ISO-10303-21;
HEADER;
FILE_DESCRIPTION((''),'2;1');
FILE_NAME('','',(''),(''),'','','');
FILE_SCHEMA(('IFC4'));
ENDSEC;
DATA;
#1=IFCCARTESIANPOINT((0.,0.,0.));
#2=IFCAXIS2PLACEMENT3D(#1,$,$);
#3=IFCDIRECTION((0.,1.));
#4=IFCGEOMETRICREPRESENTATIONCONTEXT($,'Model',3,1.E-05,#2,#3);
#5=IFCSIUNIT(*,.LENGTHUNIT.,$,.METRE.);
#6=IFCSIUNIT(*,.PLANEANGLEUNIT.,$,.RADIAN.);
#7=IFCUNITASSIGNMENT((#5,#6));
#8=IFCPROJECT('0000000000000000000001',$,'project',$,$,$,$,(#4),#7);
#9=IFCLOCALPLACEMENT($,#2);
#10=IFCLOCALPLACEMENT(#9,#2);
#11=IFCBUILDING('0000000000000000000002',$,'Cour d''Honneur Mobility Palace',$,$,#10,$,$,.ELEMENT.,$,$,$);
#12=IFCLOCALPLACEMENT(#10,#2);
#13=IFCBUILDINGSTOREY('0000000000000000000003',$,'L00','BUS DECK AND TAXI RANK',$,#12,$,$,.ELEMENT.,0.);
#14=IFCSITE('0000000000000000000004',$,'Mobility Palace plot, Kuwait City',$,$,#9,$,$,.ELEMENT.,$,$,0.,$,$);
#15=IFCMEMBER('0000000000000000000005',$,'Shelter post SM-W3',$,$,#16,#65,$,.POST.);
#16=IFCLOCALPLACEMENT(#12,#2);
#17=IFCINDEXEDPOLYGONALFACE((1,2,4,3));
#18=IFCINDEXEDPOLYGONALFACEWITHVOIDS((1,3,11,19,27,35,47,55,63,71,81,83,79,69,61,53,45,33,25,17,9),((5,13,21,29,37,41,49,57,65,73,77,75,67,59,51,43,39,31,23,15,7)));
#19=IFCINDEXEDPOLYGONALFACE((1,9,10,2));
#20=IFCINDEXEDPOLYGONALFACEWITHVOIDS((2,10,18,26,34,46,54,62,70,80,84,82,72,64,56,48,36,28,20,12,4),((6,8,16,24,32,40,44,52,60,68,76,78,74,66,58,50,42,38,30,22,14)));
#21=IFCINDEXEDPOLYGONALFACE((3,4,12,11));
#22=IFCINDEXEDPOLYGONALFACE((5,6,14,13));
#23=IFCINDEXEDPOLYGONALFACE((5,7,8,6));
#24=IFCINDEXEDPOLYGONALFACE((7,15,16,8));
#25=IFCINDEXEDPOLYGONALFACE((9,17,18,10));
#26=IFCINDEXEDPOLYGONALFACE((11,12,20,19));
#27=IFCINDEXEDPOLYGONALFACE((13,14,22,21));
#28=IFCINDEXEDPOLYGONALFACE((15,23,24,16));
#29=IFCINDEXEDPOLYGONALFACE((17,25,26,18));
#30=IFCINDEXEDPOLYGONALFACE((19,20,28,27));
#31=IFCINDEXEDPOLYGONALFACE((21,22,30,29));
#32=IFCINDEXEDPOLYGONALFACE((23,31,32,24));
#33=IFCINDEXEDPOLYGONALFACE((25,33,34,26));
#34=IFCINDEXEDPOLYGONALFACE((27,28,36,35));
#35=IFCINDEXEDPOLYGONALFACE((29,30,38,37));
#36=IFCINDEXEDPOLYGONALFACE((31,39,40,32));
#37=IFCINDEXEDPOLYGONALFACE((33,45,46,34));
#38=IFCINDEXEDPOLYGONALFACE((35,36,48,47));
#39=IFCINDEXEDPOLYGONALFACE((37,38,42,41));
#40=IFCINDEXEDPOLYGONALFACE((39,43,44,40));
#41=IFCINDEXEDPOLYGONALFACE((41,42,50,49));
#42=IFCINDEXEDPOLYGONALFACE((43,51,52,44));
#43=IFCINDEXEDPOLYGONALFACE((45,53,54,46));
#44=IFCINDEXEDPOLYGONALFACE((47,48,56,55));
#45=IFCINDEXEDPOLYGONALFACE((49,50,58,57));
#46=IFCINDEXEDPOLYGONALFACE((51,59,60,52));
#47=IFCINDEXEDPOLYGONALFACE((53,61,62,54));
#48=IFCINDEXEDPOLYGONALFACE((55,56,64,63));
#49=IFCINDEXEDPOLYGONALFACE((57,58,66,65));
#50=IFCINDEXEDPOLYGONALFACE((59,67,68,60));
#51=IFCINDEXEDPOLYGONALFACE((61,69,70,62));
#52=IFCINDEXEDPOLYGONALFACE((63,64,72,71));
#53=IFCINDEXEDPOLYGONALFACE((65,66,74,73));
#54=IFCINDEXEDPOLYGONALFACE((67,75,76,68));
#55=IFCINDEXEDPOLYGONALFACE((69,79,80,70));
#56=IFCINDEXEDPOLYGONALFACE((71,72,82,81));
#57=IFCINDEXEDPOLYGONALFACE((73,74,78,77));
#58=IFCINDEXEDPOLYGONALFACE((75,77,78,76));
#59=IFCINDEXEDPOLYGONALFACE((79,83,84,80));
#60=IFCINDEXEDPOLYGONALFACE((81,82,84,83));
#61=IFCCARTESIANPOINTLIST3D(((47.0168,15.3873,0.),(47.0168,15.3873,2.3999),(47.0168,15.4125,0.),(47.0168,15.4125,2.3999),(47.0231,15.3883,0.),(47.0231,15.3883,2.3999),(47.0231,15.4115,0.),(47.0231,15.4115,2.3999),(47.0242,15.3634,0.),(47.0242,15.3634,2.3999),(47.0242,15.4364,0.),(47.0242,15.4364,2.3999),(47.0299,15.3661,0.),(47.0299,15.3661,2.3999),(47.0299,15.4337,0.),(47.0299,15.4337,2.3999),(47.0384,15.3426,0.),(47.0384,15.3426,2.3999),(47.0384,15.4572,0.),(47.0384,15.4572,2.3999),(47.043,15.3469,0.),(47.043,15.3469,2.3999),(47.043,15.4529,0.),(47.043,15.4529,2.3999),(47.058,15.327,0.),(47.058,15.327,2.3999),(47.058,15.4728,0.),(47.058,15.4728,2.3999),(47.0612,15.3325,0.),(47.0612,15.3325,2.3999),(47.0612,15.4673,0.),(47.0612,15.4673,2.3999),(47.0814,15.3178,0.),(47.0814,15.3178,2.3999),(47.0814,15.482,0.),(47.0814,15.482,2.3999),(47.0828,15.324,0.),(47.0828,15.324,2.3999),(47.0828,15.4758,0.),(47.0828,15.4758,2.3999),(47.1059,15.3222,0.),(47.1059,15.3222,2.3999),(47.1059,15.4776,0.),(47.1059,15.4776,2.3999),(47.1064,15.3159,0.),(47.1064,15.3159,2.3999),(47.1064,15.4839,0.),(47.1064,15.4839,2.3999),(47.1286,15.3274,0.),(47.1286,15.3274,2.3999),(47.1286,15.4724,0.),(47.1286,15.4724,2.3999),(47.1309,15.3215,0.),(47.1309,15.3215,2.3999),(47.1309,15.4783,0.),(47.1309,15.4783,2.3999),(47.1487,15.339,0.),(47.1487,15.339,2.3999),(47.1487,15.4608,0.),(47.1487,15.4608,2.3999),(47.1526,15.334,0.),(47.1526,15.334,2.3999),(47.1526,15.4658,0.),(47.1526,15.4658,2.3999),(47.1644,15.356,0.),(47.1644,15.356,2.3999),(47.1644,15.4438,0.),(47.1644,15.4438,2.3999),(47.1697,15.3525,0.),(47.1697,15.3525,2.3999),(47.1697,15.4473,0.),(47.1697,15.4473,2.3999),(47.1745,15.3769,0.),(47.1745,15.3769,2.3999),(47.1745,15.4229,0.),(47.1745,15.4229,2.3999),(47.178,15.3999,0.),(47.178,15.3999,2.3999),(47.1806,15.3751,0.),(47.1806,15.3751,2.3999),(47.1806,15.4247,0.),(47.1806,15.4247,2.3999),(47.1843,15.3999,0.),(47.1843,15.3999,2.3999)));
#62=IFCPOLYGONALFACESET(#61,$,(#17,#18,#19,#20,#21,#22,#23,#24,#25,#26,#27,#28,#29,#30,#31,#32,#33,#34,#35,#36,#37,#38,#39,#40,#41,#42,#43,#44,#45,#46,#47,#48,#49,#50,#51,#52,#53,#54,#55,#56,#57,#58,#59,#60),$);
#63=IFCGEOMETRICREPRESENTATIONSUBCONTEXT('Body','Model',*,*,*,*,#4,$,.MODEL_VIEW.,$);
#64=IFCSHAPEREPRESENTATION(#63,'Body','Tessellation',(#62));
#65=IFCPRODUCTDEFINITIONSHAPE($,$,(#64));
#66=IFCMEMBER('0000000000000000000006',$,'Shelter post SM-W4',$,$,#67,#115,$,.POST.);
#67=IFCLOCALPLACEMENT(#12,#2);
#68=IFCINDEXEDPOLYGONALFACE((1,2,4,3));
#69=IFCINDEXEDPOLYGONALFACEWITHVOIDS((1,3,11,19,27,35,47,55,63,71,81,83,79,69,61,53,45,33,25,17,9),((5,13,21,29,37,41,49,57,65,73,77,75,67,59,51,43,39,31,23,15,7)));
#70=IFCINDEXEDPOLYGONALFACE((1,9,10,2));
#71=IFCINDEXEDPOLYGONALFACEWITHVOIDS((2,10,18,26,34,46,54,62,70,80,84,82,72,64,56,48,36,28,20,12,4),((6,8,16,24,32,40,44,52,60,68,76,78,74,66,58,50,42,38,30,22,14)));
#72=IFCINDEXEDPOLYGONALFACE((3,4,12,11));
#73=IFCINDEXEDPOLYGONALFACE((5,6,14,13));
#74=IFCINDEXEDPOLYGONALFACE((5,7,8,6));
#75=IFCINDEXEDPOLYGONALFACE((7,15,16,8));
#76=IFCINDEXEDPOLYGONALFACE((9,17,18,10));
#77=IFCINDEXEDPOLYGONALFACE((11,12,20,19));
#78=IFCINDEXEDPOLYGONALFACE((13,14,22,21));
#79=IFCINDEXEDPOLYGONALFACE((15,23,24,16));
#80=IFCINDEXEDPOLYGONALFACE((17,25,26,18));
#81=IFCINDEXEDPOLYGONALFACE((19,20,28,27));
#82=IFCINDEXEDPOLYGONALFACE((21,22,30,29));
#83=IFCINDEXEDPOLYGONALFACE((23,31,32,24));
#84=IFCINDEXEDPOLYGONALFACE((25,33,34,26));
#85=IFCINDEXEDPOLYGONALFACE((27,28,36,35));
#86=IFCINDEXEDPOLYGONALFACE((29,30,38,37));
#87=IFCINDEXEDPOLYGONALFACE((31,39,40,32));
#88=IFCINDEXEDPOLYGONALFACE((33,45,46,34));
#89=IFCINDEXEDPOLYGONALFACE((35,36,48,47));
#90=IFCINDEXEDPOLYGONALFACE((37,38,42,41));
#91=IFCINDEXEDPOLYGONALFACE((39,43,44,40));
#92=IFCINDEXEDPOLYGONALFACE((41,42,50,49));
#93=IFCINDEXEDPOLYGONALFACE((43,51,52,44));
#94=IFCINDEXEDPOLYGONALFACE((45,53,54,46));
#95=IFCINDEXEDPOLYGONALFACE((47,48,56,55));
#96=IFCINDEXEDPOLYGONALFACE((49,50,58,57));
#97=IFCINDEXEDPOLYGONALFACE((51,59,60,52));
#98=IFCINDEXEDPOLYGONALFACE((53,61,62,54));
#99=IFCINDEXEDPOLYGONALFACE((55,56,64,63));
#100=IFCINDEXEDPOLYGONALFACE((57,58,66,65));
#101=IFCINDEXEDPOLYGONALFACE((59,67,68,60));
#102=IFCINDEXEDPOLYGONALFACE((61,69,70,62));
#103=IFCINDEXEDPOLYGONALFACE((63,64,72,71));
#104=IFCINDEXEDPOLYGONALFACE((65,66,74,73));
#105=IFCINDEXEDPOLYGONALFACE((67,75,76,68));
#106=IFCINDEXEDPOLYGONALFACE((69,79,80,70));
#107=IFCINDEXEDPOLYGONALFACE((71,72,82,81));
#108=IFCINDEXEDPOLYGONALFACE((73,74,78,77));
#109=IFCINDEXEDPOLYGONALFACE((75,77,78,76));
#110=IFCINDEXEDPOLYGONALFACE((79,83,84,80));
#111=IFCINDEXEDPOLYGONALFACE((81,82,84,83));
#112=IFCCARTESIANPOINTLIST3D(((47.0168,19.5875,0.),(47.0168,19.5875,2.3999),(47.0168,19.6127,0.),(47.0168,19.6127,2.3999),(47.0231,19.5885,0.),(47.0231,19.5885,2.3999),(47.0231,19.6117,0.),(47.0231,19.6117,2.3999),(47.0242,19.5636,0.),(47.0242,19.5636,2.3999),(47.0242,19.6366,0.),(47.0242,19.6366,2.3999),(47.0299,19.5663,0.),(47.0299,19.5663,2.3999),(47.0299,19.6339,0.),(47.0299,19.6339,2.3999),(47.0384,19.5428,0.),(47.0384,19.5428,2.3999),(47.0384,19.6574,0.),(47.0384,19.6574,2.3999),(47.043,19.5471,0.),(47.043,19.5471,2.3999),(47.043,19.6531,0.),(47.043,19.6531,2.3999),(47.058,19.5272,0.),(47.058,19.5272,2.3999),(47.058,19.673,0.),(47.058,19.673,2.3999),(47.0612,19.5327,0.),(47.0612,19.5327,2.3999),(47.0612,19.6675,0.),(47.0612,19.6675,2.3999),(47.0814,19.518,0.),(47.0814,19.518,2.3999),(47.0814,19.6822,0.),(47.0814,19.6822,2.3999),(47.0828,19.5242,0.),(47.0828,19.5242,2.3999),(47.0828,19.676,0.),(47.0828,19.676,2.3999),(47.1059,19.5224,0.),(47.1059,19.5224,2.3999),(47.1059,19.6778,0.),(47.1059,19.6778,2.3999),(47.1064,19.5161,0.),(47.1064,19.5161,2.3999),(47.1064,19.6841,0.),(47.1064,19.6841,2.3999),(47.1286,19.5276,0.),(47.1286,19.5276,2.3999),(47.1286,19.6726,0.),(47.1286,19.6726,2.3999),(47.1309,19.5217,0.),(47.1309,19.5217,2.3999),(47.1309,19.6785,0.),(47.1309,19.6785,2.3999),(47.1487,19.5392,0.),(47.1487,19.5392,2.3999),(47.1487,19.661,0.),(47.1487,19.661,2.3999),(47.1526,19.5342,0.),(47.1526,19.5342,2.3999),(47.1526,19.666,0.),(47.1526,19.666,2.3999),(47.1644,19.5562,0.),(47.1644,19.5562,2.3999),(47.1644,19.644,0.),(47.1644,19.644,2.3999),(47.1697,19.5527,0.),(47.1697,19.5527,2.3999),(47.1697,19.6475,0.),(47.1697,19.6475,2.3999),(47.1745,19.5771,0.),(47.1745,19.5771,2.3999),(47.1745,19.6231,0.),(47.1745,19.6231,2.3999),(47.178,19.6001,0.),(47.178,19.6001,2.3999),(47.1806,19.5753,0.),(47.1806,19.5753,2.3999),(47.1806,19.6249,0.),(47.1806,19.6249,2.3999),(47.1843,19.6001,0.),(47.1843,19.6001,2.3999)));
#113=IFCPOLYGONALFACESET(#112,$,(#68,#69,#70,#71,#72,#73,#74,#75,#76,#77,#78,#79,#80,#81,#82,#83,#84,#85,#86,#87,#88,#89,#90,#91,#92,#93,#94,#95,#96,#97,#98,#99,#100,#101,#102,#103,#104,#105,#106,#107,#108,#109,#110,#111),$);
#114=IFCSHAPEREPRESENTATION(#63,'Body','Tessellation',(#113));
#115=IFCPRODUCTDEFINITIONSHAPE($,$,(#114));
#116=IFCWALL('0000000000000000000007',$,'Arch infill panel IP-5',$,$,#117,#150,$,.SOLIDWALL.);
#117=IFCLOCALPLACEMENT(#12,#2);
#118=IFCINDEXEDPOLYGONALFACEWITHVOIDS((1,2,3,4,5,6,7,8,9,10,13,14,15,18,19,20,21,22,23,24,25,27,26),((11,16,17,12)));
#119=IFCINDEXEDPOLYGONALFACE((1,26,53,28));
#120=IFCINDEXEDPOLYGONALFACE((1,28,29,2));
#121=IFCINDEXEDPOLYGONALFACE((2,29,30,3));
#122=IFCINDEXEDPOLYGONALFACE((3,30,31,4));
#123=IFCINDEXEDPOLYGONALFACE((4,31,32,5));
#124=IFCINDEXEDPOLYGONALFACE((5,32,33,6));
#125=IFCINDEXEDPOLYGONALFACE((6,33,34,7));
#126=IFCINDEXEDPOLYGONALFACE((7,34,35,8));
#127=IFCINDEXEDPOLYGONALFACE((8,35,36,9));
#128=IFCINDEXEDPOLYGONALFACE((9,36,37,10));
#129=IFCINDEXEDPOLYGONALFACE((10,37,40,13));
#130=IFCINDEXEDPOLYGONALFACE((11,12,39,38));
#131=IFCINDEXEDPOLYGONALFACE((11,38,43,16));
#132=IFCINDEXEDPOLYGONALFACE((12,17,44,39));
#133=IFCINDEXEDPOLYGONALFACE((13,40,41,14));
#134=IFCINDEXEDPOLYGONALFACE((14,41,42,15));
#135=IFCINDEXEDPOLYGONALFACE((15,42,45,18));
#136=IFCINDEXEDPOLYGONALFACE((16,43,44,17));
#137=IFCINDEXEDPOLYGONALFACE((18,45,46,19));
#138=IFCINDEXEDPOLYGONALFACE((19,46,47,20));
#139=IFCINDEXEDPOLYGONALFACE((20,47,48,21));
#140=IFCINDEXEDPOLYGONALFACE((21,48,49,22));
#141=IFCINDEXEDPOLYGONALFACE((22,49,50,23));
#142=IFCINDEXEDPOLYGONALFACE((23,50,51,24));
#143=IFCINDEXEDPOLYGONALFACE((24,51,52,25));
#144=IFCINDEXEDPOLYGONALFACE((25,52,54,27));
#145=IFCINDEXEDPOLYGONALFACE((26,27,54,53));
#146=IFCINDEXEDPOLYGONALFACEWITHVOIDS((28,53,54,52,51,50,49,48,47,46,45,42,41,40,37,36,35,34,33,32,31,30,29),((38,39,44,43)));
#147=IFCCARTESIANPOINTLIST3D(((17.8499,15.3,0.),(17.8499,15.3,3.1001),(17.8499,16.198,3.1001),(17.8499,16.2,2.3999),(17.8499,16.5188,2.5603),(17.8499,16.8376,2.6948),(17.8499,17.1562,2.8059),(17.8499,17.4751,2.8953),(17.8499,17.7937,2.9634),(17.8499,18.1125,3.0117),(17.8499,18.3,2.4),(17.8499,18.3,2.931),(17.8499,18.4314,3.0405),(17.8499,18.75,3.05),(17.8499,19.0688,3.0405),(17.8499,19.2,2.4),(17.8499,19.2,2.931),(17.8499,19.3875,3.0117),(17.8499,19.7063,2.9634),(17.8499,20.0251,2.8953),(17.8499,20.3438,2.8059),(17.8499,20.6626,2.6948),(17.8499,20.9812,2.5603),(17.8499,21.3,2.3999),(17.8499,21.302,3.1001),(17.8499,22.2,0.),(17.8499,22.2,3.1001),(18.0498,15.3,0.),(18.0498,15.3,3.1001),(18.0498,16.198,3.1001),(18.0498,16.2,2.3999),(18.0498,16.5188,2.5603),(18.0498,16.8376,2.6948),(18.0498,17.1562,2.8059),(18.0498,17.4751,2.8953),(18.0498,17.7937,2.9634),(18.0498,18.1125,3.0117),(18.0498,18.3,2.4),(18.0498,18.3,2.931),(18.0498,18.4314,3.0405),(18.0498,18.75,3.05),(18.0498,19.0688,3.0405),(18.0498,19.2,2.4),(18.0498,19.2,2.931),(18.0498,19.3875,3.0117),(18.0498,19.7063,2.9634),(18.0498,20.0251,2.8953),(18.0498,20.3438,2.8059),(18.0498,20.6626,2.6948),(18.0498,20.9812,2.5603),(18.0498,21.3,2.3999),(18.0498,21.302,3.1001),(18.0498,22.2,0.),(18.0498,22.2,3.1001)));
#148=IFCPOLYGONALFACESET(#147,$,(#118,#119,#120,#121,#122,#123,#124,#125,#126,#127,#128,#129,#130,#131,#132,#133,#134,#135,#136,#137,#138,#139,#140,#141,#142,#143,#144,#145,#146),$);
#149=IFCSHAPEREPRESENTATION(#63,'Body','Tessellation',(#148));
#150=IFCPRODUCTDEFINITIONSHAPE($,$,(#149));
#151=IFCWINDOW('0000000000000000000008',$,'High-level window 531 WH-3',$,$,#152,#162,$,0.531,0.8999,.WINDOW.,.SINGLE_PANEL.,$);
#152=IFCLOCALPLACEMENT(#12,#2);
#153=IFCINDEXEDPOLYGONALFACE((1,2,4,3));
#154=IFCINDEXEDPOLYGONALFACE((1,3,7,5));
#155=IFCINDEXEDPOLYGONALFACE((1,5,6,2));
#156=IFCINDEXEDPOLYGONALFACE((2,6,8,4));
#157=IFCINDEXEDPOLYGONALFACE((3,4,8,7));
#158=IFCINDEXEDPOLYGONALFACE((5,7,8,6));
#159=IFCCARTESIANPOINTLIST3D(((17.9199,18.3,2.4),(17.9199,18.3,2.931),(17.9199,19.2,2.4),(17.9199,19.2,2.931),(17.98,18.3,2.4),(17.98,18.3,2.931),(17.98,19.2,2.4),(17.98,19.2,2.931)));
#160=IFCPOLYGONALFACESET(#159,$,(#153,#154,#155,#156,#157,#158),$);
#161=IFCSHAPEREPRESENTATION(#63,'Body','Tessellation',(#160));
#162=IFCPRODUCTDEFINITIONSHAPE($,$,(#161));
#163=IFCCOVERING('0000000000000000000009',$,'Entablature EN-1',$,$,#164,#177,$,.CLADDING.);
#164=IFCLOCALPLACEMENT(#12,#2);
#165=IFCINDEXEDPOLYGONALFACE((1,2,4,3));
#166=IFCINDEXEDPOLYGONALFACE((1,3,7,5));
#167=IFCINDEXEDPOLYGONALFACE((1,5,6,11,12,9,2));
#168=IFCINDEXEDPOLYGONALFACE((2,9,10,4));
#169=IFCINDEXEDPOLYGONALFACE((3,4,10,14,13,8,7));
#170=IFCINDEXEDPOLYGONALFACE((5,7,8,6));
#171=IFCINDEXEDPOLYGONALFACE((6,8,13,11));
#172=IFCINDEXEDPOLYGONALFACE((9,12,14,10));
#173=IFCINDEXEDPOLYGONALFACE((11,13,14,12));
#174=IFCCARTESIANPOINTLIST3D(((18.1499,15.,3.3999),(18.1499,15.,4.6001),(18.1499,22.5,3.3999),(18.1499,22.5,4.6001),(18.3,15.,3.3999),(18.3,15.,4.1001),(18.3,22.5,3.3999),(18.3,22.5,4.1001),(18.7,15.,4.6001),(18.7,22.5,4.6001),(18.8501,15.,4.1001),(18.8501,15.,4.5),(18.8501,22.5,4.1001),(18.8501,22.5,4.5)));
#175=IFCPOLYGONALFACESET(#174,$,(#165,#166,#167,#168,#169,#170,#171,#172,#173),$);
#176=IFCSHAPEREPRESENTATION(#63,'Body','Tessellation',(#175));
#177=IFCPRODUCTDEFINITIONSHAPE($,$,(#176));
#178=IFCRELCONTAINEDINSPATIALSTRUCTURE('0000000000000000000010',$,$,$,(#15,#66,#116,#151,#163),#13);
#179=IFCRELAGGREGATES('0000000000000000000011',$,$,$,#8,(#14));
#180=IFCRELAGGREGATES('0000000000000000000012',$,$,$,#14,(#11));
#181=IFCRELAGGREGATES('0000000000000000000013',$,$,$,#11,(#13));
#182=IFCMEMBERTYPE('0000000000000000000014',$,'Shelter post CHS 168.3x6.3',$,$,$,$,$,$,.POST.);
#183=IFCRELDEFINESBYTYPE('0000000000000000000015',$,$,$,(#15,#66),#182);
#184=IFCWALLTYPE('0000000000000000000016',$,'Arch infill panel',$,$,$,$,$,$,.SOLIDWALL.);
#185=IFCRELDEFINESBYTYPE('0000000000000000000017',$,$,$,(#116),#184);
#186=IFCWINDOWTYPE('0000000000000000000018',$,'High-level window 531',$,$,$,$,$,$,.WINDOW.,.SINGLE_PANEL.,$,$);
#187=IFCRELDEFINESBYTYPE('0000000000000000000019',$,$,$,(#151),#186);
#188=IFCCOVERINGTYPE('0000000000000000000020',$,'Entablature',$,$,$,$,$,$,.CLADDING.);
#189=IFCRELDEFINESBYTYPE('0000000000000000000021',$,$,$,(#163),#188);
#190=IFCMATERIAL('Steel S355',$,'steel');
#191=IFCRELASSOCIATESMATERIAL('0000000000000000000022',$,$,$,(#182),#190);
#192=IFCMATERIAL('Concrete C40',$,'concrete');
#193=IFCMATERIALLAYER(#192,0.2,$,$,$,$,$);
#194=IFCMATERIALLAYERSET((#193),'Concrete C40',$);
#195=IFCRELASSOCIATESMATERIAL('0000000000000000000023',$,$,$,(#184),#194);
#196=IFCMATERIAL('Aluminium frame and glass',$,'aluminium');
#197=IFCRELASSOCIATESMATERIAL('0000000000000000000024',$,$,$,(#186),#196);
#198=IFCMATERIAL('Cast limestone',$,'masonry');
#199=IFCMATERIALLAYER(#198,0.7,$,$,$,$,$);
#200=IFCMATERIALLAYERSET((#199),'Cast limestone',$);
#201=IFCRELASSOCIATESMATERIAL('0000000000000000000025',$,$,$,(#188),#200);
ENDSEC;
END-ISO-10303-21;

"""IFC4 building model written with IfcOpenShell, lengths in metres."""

from ifc_helpers import new_model, si_unit, direction, frame, frame_2d, origin, origin_2d, place, context, subcontext, project, spatial, polyline, rectangle, hollow_circle, outline, extrude, material, layer, layer_set, material_profile, profile_set, type_object, element, fill, save


model = new_model("IFC4")

# Units and contexts
model_context = context("Model", 3, precision=1e-05, world=origin(), true_north=direction((0.0, 1.0)))
body_context = subcontext(model_context, "Body", "Model", "MODEL_VIEW")
ifc_project = project(units=[si_unit("LENGTHUNIT", "METRE"), si_unit("PLANEANGLEUNIT", "RADIAN")], contexts=[model_context])

# Site, building, storey
site_placement = place(None, origin())
site = spatial("IfcSite", under=ifc_project, at=site_placement, Name="Mobility Palace plot, Kuwait City", CompositionType="ELEMENT", RefElevation=0.0)
building_placement = place(site_placement, origin())
building = spatial("IfcBuilding", under=site, at=building_placement, Name="Cour d'Honneur Mobility Palace", CompositionType="ELEMENT")
storey_placement = place(building_placement, origin())
storey = spatial("IfcBuildingStorey", under=building, at=storey_placement, Name="L00", Description="BUS DECK AND TAXI RANK", CompositionType="ELEMENT", Elevation=0.0)

# Members
ifc_material_1 = material(Name="Steel S355", Category="steel")
ifc_material_profile_1 = material_profile(ifc_material_1, hollow_circle(Radius=0.0842, WallThickness=0.0063, at=origin_2d()), Name="CHS 168.3x6.3")
ifc_profile_set_1 = profile_set([ifc_material_profile_1], Name="Steel S355")
member_type_1 = type_object("IfcMemberType", Name="Shelter post CHS 168.3x6.3", PredefinedType="POST", material=ifc_profile_set_1)
for number, where, z_axis, x_axis, name in (
    (1, (47.1001, 15.3999, 0.0), (0.0, 0.0, 1.0), (1.0, 0.0, 0.0), "Shelter post SM-W3"),
    (2, (47.1001, 19.6001, 0.0), (0.0, 0.0, 1.0), (1.0, 0.0, 0.0), "Shelter post SM-W4"),
):
    element("IfcMember", number, at=place(storey_placement, frame(where, z_axis=z_axis, x_axis=x_axis)), inside=storey, type_object=member_type_1, Name=name, PredefinedType="POST", context=body_context, shape_type="SweptSolid", body=[
        extrude(hollow_circle(Radius=0.0842, WallThickness=0.0063, at=origin_2d()), origin(), (0.0, 0.0, 1.0), 2.3999),
    ])

# Wall, opening, window
ifc_material_2 = material(Name="Concrete C40", Category="concrete")
ifc_layer_1 = layer(ifc_material_2, 0.2)
ifc_layer_set_1 = layer_set([ifc_layer_1], Name="Concrete C40")
wall_type = type_object("IfcWallType", Name="Arch infill panel", PredefinedType="SOLIDWALL", material=ifc_layer_set_1)
wall_placement = place(storey_placement, frame((17.95, 15.3, 0.0), z_axis=(0.0, 0.0, 1.0), x_axis=(0.0, 1.0, 0.0)))
wall = element("IfcWall", 3, at=wall_placement, inside=storey, type_object=wall_type, Name="Arch infill panel IP-5", PredefinedType="SOLIDWALL", context=body_context, shape_type="SweptSolid", body=[
    extrude(outline(polyline([(0.0, 0.0), (6.8999, 0.0), (6.8999, 3.1001), (6.002, 3.1001), (6.0, 2.3999), (5.6812, 2.5603), (5.3625, 2.6948), (5.0437, 2.8059), (4.7251, 2.8953), (4.4062, 2.9634), (4.0874, 3.0117), (3.7688, 3.0405), (3.45, 3.05), (3.1313, 3.0405), (2.8125, 3.0117), (2.4937, 2.9634), (2.175, 2.8953), (1.8562, 2.8059), (1.5376, 2.6948), (1.2188, 2.5603), (0.8999, 2.3999), (0.8979, 3.1001), (0.0, 3.1001), (0.0, 0.0)])), frame((0.0, 0.1001, 0.0), z_axis=(0.0, -1.0, 0.0), x_axis=(1.0, 0.0, 0.0)), (0.0, 0.0, 1.0), 0.2),
])
opening_placement = place(wall_placement, frame((3.0, 0.0, 2.3999)))
opening = element("IfcOpeningElement", 4, at=opening_placement, cuts=wall, PredefinedType="OPENING", context=body_context, shape_type="SweptSolid", body=[
    extrude(rectangle(XDim=0.8999, YDim=0.531, at=frame_2d((0.45, 0.2656))), frame((0.0, 0.1099, 0.0), z_axis=(0.0, -1.0, 0.0), x_axis=(1.0, 0.0, 0.0)), (0.0, 0.0, 1.0), 0.22),
])
ifc_material_3 = material(Name="Aluminium frame and glass", Category="aluminium")
window_type = type_object("IfcWindowType", Name="High-level window 531", PartitioningType="SINGLE_PANEL", PredefinedType="WINDOW", material=ifc_material_3)
window_placement = place(opening_placement, origin())
window = element("IfcWindow", 5, at=window_placement, inside=storey, type_object=window_type, Name="High-level window 531 WH-3", OverallHeight=0.531, OverallWidth=0.8999, PartitioningType="SINGLE_PANEL", PredefinedType="WINDOW", context=body_context, shape_type="SweptSolid", body=[
    extrude(rectangle(XDim=0.8999, YDim=0.531, at=frame_2d((0.45, 0.2656))), frame((0.0, 0.03, 0.0), z_axis=(0.0, -1.0, 0.0), x_axis=(1.0, 0.0, 0.0)), (0.0, 0.0, 1.0), 0.0601),
])
fill(opening, window)

# Covering
ifc_material_4 = material(Name="Cast limestone", Category="masonry")
ifc_layer_2 = layer(ifc_material_4, 0.7)
ifc_layer_set_2 = layer_set([ifc_layer_2], Name="Cast limestone")
covering_type_1 = type_object("IfcCoveringType", Name="Entablature", PredefinedType="CLADDING", material=ifc_layer_set_2)
covering_placement = place(storey_placement, frame((18.1499, 15.0, 3.3999), z_axis=(0.0, -1.0, 0.0), x_axis=(1.0, 0.0, 0.0)))
element("IfcCovering", 6, at=covering_placement, inside=storey, type_object=covering_type_1, Name="Entablature EN-1", PredefinedType="CLADDING", context=body_context, shape_type="SweptSolid", body=[
    extrude(outline(polyline([(0.0, 0.0), (0.1501, 0.0), (0.1501, 0.7002), (0.7002, 0.7002), (0.7002, 1.1001), (0.55, 1.2002), (0.0, 1.2002), (0.0, 0.0)])), origin(), (0.0, 0.0, -1.0), 7.5),
])

save(model, "model.ifc")
